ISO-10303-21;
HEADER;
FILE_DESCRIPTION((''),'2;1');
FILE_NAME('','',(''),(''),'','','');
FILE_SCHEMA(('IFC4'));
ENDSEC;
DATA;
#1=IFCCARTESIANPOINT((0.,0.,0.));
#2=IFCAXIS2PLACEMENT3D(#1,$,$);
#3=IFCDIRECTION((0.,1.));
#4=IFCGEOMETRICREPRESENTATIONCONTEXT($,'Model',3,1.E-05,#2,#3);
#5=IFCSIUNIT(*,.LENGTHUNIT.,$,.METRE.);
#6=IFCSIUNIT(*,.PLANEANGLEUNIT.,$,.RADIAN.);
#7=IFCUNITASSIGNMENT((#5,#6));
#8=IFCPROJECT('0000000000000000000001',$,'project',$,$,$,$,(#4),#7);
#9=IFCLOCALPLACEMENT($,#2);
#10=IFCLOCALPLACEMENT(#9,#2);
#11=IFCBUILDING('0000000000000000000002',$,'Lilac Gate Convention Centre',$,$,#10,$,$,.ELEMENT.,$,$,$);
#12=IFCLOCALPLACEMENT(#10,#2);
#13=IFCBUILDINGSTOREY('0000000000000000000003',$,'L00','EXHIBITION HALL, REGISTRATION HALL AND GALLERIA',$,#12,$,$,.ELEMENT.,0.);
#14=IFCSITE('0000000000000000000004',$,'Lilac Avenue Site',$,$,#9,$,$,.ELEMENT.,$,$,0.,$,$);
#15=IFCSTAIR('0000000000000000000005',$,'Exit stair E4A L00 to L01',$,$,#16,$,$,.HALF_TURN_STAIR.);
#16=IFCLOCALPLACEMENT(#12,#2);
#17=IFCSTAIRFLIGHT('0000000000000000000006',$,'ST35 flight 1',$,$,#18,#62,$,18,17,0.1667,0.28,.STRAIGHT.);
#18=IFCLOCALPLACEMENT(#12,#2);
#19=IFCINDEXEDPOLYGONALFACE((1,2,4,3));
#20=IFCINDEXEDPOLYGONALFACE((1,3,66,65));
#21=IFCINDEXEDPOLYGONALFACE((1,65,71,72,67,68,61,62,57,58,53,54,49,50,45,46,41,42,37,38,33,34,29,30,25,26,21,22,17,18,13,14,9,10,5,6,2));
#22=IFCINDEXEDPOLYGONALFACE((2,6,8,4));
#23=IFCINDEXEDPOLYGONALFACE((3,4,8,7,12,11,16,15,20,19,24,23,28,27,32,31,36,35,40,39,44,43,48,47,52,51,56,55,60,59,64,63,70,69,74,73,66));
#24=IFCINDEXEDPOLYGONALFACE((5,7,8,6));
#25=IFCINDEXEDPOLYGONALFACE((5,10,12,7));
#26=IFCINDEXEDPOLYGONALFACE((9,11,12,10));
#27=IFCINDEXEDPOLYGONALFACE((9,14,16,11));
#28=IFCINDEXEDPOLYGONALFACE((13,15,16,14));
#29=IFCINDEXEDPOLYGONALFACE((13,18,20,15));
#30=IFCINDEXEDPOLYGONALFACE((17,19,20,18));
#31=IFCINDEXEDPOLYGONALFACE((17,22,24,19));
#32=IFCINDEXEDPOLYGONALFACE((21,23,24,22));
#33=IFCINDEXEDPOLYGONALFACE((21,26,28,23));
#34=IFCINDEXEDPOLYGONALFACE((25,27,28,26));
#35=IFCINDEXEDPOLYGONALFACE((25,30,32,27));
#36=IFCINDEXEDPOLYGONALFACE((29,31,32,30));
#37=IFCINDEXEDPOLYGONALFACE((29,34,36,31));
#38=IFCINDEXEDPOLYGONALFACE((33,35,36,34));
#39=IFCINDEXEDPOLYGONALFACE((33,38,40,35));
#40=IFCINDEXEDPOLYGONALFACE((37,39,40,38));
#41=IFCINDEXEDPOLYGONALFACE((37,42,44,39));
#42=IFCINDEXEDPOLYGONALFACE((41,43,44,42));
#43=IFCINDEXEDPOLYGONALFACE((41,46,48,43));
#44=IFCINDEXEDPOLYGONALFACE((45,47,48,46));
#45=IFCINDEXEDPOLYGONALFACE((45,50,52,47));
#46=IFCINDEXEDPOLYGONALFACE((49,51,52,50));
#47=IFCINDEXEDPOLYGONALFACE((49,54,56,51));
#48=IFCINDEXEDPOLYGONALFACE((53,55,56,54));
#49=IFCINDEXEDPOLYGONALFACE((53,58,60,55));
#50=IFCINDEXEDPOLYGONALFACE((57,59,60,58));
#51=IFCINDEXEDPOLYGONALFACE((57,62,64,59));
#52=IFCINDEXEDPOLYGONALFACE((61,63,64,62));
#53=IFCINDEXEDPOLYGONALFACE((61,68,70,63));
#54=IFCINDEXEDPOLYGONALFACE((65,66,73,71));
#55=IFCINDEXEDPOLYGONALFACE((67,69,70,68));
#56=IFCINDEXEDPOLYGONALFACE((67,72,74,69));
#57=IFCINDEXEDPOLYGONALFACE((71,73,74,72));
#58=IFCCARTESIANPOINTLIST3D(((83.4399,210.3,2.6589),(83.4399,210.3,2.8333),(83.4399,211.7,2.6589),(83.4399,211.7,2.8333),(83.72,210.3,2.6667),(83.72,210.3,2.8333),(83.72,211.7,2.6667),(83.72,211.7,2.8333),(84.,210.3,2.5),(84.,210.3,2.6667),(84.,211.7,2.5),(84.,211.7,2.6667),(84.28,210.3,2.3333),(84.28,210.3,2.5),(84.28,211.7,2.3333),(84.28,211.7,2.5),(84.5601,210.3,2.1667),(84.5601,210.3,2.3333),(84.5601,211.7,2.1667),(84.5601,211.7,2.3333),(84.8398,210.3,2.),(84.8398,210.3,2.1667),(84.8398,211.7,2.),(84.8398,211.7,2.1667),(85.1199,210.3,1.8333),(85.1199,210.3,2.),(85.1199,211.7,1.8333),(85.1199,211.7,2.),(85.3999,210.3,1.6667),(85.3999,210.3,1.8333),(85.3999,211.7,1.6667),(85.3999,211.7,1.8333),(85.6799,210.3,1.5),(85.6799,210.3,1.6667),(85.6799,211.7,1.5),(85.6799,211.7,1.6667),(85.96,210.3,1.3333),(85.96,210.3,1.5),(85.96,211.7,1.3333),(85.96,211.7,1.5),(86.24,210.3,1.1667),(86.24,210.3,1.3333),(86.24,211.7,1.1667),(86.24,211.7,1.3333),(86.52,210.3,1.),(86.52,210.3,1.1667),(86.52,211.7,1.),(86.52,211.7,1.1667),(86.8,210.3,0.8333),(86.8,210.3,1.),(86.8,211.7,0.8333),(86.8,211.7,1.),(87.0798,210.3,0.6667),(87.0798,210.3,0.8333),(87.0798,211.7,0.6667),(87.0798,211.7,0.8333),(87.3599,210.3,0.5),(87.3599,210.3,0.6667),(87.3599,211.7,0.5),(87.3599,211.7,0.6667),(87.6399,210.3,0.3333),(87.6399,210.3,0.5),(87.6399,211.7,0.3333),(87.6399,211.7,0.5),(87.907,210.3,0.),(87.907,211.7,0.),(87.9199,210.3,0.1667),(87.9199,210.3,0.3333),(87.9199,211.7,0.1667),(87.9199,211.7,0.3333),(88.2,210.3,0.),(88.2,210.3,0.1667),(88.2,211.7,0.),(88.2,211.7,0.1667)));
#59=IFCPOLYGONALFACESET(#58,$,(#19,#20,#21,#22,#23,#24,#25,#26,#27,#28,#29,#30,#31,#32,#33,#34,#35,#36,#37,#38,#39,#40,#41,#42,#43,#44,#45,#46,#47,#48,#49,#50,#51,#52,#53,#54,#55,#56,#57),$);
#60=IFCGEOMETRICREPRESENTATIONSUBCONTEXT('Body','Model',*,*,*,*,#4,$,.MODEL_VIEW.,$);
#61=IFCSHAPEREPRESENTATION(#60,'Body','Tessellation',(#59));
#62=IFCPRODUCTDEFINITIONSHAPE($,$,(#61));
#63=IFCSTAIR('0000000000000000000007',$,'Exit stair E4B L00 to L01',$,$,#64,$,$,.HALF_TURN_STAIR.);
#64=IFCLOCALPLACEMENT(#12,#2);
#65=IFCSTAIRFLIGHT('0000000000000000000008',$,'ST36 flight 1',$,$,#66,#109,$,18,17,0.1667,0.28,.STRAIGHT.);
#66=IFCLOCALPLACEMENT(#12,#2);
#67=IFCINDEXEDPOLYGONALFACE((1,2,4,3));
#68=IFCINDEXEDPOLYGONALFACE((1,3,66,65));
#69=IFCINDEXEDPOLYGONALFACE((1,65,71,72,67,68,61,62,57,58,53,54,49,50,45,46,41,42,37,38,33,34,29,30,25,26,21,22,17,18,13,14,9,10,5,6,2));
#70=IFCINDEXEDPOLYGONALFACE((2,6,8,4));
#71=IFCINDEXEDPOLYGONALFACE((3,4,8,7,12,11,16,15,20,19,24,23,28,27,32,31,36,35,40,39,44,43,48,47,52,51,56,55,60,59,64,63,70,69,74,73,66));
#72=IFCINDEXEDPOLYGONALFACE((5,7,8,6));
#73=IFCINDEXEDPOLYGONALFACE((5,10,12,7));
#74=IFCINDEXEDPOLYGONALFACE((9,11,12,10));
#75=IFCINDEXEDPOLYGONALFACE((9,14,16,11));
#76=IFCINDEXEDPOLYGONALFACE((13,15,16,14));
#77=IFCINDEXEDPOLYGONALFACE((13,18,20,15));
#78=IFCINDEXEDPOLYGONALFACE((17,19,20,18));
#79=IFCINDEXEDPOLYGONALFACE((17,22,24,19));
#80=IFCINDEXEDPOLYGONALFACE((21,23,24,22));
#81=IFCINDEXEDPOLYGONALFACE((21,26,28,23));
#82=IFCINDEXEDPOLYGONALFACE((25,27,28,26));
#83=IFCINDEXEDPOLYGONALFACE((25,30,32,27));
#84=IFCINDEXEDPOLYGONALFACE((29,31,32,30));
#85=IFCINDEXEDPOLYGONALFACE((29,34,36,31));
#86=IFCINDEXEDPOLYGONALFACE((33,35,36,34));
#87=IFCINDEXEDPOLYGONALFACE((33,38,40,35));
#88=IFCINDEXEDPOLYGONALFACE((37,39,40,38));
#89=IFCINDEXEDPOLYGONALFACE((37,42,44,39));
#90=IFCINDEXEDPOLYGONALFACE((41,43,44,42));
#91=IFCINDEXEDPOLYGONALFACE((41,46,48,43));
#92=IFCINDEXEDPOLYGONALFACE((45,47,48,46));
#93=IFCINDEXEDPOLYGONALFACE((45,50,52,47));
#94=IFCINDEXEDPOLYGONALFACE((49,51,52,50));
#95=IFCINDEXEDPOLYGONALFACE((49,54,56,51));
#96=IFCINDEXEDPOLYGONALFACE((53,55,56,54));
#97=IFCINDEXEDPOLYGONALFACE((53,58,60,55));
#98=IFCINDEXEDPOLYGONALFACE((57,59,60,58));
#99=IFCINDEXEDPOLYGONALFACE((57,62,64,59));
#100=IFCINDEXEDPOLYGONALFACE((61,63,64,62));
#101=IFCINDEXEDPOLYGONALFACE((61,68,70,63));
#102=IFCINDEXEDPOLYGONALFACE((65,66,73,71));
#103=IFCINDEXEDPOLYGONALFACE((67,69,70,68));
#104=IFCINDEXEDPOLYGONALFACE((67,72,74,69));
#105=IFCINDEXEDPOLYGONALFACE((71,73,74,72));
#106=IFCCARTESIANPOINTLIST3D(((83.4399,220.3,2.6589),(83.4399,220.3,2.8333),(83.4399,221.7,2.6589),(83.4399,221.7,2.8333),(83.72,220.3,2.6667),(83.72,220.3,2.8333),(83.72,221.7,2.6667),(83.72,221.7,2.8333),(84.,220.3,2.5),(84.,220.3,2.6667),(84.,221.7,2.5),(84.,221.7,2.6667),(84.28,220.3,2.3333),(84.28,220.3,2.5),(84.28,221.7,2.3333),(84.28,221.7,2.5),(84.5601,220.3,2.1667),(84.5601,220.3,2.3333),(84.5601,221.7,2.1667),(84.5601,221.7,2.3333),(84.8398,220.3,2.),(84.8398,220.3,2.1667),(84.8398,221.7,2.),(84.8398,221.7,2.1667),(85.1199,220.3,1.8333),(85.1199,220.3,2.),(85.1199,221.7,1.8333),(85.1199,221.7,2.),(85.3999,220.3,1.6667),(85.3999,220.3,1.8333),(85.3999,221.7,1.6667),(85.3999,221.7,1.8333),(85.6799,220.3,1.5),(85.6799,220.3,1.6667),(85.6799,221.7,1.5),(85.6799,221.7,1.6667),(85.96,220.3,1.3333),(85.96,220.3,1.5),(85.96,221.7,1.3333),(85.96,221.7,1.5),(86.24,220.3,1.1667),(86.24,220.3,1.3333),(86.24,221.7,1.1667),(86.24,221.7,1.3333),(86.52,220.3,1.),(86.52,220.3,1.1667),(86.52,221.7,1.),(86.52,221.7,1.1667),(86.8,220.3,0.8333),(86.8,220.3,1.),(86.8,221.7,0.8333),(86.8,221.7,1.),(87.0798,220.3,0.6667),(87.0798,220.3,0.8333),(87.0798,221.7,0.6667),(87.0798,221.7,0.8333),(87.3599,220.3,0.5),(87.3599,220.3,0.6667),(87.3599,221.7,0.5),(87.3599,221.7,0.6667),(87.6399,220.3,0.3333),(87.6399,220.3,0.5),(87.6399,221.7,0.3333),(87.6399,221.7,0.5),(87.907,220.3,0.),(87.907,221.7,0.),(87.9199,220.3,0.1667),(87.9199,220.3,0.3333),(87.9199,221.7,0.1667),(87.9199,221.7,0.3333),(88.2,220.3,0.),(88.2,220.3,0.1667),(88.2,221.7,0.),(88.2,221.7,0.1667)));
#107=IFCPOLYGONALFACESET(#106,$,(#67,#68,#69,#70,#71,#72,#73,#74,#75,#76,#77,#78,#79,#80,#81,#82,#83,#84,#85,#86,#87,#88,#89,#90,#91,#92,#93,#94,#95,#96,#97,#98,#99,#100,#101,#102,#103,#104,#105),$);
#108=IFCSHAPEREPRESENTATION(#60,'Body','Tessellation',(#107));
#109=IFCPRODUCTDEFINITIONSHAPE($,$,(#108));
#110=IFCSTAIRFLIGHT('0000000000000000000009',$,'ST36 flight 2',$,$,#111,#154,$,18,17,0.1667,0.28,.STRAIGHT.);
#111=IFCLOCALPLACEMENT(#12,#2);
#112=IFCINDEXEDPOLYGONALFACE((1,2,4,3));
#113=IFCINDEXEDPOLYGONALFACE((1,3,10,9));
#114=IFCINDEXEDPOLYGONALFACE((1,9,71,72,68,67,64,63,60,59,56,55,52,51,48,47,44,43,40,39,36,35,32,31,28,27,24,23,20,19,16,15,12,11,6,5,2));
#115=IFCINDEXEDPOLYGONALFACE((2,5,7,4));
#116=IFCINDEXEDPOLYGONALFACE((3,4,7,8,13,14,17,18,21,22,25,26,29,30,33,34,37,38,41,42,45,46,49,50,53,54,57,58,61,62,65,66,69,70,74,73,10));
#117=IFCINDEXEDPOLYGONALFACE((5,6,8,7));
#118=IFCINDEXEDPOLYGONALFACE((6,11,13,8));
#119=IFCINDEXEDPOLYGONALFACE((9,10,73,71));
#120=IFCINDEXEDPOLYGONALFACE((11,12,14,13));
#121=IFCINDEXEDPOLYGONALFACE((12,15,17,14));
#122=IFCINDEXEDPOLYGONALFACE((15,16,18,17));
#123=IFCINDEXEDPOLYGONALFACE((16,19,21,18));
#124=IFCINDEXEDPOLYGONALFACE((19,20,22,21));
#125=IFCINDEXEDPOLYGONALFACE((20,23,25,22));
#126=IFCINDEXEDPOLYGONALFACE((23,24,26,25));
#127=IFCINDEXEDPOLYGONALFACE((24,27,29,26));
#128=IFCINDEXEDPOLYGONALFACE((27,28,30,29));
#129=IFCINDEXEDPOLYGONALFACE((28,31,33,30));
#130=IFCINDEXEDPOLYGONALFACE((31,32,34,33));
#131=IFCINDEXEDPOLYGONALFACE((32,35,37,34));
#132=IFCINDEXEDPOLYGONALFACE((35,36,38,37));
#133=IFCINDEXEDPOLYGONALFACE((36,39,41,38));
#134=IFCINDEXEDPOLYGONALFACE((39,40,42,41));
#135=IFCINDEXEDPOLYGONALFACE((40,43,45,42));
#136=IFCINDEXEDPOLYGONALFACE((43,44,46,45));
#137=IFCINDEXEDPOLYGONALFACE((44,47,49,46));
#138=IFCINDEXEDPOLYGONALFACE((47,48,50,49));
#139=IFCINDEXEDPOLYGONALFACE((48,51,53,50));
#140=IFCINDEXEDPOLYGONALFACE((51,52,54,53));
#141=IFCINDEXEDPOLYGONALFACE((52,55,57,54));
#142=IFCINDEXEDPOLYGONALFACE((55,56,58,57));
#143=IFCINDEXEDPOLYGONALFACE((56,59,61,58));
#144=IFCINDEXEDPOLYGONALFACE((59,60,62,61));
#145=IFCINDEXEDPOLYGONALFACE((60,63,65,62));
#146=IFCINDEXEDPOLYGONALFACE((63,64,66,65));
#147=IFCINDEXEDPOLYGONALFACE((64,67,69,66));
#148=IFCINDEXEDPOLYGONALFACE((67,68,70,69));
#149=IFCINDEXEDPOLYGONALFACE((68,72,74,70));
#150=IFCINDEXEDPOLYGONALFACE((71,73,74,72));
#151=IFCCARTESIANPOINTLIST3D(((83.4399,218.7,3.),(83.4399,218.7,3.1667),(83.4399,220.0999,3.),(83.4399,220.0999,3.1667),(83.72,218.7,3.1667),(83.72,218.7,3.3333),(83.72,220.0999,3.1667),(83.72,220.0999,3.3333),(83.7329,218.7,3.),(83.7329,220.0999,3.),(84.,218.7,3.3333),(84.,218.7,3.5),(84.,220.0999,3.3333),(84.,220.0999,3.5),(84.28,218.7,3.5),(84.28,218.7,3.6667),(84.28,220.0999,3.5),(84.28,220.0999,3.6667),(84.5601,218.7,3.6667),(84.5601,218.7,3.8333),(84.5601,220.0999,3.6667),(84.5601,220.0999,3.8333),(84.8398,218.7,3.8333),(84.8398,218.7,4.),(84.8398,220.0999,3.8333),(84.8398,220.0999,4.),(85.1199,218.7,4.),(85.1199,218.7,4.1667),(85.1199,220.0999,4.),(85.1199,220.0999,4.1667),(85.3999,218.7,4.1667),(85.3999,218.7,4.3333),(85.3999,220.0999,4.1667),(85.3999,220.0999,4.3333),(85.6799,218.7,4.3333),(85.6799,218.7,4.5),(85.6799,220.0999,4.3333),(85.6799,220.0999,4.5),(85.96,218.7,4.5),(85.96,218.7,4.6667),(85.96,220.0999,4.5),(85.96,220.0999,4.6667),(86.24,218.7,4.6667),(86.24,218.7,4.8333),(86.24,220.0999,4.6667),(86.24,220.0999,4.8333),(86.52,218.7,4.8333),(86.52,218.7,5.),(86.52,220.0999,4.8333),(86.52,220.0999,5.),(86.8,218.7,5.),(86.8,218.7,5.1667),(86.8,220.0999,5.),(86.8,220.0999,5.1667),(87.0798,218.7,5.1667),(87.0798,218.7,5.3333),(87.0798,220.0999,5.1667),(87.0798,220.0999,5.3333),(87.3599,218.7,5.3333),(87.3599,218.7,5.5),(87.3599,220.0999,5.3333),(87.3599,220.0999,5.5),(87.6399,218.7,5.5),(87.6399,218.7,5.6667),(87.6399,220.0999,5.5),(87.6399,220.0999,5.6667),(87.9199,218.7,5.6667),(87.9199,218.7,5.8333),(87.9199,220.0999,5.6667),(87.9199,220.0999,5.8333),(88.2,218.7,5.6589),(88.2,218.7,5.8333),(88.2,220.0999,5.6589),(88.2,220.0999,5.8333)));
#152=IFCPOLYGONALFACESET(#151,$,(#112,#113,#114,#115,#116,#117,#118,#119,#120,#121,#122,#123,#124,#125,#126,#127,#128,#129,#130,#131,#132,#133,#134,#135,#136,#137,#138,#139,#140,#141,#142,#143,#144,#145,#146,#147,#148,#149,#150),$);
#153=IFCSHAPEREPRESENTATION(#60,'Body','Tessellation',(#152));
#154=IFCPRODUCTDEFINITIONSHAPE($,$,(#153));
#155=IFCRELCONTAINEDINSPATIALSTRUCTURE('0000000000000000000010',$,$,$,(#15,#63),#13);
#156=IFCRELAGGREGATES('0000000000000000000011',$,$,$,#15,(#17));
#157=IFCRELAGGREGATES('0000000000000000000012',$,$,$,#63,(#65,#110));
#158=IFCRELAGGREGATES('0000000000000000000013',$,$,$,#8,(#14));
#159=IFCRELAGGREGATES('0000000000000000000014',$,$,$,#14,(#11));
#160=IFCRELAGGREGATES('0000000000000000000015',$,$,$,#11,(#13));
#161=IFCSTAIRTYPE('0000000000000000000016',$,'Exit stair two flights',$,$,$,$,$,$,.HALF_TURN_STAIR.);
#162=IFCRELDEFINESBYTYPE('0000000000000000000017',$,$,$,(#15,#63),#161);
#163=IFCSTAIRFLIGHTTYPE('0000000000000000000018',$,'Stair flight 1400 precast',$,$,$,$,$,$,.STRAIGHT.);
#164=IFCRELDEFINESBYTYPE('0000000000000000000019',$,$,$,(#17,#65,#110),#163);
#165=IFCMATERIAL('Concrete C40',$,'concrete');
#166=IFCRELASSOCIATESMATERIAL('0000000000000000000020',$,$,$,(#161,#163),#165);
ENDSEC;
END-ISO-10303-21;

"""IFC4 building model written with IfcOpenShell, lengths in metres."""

from ifc_helpers import new_model, si_unit, direction, frame, origin, place, context, subcontext, project, spatial, polyline, outline, extrude, material, type_object, element, aggregate, save


model = new_model("IFC4")

# Units and contexts
model_context = context("Model", 3, precision=1e-05, world=origin(), true_north=direction((0.0, 1.0)))
body_context = subcontext(model_context, "Body", "Model", "MODEL_VIEW")
ifc_project = project(units=[si_unit("LENGTHUNIT", "METRE"), si_unit("PLANEANGLEUNIT", "RADIAN")], contexts=[model_context])

# Site, building, storey
site_placement = place(None, origin())
site = spatial("IfcSite", under=ifc_project, at=site_placement, Name="Lilac Avenue Site", CompositionType="ELEMENT", RefElevation=0.0)
building_placement = place(site_placement, origin())
building = spatial("IfcBuilding", under=site, at=building_placement, Name="Lilac Gate Convention Centre", CompositionType="ELEMENT")
storey_placement = place(building_placement, origin())
storey = spatial("IfcBuildingStorey", under=building, at=storey_placement, Name="L00", Description="EXHIBITION HALL, REGISTRATION HALL AND GALLERIA", CompositionType="ELEMENT", Elevation=0.0)

# Shared definitions
ifc_material_1 = material(Name="Concrete C40", Category="concrete")

# Stair, stair flight
stair_type = type_object("IfcStairType", Name="Exit stair two flights", PredefinedType="HALF_TURN_STAIR", material=ifc_material_1)
stair_1_placement = place(storey_placement, origin())
stair_1 = element("IfcStair", 1, at=stair_1_placement, inside=storey, type_object=stair_type, Name="Exit stair E4A L00 to L01", PredefinedType="HALF_TURN_STAIR")
stair_flight_type = type_object("IfcStairFlightType", Name="Stair flight 1400 precast", PredefinedType="STRAIGHT", material=ifc_material_1)
stair_flight_1_placement = place(storey_placement, frame((88.2, 211.0, 0.0), z_axis=(0.0, 0.0, 1.0), x_axis=(-1.0, 0.0, 0.0)))
stair_flight_1 = element("IfcStairFlight", 2, at=stair_flight_1_placement, type_object=stair_flight_type, Name="ST35 flight 1", NumberOfRisers=18, NumberOfTreads=17, PredefinedType="STRAIGHT", RiserHeight=0.1667, TreadLength=0.28, context=body_context, shape_type="SweptSolid", body=[
    extrude(outline(polyline([(0.0, 0.0), (0.0, 0.1667), (0.28, 0.1667), (0.28, 0.3333), (0.5601, 0.3333), (0.5601, 0.5), (0.8401, 0.5), (0.8401, 0.6667), (1.1201, 0.6667), (1.1201, 0.8333), (1.3999, 0.8333), (1.3999, 1.0), (1.6799, 1.0), (1.6799, 1.1667), (1.96, 1.1667), (1.96, 1.3333), (2.24, 1.3333), (2.24, 1.5), (2.52, 1.5), (2.52, 1.6667), (2.8, 1.6667), (2.8, 1.8333), (3.0801, 1.8333), (3.0801, 2.0), (3.3601, 2.0), (3.3601, 2.1667), (3.6399, 2.1667), (3.6399, 2.3333), (3.9199, 2.3333), (3.9199, 2.5), (4.2, 2.5), (4.2, 2.6667), (4.48, 2.6667), (4.48, 2.8333), (4.76, 2.8333), (4.76, 3.0), (4.76, 2.6589), (0.293, 0.0), (0.0, 0.0)])), frame((0.0, 0.7, 0.0), z_axis=(0.0, -1.0, 0.0), x_axis=(1.0, 0.0, 0.0)), (0.0, 0.0, 1.0), 1.3999),
])
aggregate(stair_1, [stair_flight_1])

# Stair, stair flights
stair_2_placement = place(storey_placement, origin())
stair_2 = element("IfcStair", 3, at=stair_2_placement, inside=storey, type_object=stair_type, Name="Exit stair E4B L00 to L01", PredefinedType="HALF_TURN_STAIR")
stair_flight_2_placement = place(storey_placement, frame((88.2, 221.0, 0.0), z_axis=(0.0, 0.0, 1.0), x_axis=(-1.0, 0.0, 0.0)))
stair_flight_2 = element("IfcStairFlight", 4, at=stair_flight_2_placement, type_object=stair_flight_type, Name="ST36 flight 1", NumberOfRisers=18, NumberOfTreads=17, PredefinedType="STRAIGHT", RiserHeight=0.1667, TreadLength=0.28, context=body_context, shape_type="SweptSolid", body=[
    extrude(outline(polyline([(0.0, 0.0), (0.0, 0.1667), (0.28, 0.1667), (0.28, 0.3333), (0.5601, 0.3333), (0.5601, 0.5), (0.8401, 0.5), (0.8401, 0.6667), (1.1201, 0.6667), (1.1201, 0.8333), (1.3999, 0.8333), (1.3999, 1.0), (1.6799, 1.0), (1.6799, 1.1667), (1.96, 1.1667), (1.96, 1.3333), (2.24, 1.3333), (2.24, 1.5), (2.52, 1.5), (2.52, 1.6667), (2.8, 1.6667), (2.8, 1.8333), (3.0801, 1.8333), (3.0801, 2.0), (3.3601, 2.0), (3.3601, 2.1667), (3.6399, 2.1667), (3.6399, 2.3333), (3.9199, 2.3333), (3.9199, 2.5), (4.2, 2.5), (4.2, 2.6667), (4.48, 2.6667), (4.48, 2.8333), (4.76, 2.8333), (4.76, 3.0), (4.76, 2.6589), (0.293, 0.0), (0.0, 0.0)])), frame((0.0, 0.7, 0.0), z_axis=(0.0, -1.0, 0.0), x_axis=(1.0, 0.0, 0.0)), (0.0, 0.0, 1.0), 1.3999),
])
stair_flight_3_placement = place(storey_placement, frame((83.4399, 219.3999, 3.0), z_axis=(0.0, 0.0, 1.0), x_axis=(1.0, 0.0, 0.0)))
stair_flight_3 = element("IfcStairFlight", 5, at=stair_flight_3_placement, type_object=stair_flight_type, Name="ST36 flight 2", NumberOfRisers=18, NumberOfTreads=17, PredefinedType="STRAIGHT", RiserHeight=0.1667, TreadLength=0.28, context=body_context, shape_type="SweptSolid", body=[
    extrude(outline(polyline([(0.0, 0.0), (0.0, 0.1667), (0.28, 0.1667), (0.28, 0.3333), (0.5601, 0.3333), (0.5601, 0.5), (0.8401, 0.5), (0.8401, 0.6667), (1.1201, 0.6667), (1.1201, 0.8333), (1.3999, 0.8333), (1.3999, 1.0), (1.6799, 1.0), (1.6799, 1.1667), (1.96, 1.1667), (1.96, 1.3333), (2.24, 1.3333), (2.24, 1.5), (2.52, 1.5), (2.52, 1.6667), (2.8, 1.6667), (2.8, 1.8333), (3.0801, 1.8333), (3.0801, 2.0), (3.3601, 2.0), (3.3601, 2.1667), (3.6399, 2.1667), (3.6399, 2.3333), (3.9199, 2.3333), (3.9199, 2.5), (4.2, 2.5), (4.2, 2.6667), (4.48, 2.6667), (4.48, 2.8333), (4.76, 2.8333), (4.76, 3.0), (4.76, 2.6589), (0.293, 0.0), (0.0, 0.0)])), frame((0.0, 0.7, 0.0), z_axis=(0.0, -1.0, 0.0), x_axis=(1.0, 0.0, 0.0)), (0.0, 0.0, 1.0), 1.3999),
])
aggregate(stair_2, [stair_flight_2, stair_flight_3])

save(model, "model.ifc")
